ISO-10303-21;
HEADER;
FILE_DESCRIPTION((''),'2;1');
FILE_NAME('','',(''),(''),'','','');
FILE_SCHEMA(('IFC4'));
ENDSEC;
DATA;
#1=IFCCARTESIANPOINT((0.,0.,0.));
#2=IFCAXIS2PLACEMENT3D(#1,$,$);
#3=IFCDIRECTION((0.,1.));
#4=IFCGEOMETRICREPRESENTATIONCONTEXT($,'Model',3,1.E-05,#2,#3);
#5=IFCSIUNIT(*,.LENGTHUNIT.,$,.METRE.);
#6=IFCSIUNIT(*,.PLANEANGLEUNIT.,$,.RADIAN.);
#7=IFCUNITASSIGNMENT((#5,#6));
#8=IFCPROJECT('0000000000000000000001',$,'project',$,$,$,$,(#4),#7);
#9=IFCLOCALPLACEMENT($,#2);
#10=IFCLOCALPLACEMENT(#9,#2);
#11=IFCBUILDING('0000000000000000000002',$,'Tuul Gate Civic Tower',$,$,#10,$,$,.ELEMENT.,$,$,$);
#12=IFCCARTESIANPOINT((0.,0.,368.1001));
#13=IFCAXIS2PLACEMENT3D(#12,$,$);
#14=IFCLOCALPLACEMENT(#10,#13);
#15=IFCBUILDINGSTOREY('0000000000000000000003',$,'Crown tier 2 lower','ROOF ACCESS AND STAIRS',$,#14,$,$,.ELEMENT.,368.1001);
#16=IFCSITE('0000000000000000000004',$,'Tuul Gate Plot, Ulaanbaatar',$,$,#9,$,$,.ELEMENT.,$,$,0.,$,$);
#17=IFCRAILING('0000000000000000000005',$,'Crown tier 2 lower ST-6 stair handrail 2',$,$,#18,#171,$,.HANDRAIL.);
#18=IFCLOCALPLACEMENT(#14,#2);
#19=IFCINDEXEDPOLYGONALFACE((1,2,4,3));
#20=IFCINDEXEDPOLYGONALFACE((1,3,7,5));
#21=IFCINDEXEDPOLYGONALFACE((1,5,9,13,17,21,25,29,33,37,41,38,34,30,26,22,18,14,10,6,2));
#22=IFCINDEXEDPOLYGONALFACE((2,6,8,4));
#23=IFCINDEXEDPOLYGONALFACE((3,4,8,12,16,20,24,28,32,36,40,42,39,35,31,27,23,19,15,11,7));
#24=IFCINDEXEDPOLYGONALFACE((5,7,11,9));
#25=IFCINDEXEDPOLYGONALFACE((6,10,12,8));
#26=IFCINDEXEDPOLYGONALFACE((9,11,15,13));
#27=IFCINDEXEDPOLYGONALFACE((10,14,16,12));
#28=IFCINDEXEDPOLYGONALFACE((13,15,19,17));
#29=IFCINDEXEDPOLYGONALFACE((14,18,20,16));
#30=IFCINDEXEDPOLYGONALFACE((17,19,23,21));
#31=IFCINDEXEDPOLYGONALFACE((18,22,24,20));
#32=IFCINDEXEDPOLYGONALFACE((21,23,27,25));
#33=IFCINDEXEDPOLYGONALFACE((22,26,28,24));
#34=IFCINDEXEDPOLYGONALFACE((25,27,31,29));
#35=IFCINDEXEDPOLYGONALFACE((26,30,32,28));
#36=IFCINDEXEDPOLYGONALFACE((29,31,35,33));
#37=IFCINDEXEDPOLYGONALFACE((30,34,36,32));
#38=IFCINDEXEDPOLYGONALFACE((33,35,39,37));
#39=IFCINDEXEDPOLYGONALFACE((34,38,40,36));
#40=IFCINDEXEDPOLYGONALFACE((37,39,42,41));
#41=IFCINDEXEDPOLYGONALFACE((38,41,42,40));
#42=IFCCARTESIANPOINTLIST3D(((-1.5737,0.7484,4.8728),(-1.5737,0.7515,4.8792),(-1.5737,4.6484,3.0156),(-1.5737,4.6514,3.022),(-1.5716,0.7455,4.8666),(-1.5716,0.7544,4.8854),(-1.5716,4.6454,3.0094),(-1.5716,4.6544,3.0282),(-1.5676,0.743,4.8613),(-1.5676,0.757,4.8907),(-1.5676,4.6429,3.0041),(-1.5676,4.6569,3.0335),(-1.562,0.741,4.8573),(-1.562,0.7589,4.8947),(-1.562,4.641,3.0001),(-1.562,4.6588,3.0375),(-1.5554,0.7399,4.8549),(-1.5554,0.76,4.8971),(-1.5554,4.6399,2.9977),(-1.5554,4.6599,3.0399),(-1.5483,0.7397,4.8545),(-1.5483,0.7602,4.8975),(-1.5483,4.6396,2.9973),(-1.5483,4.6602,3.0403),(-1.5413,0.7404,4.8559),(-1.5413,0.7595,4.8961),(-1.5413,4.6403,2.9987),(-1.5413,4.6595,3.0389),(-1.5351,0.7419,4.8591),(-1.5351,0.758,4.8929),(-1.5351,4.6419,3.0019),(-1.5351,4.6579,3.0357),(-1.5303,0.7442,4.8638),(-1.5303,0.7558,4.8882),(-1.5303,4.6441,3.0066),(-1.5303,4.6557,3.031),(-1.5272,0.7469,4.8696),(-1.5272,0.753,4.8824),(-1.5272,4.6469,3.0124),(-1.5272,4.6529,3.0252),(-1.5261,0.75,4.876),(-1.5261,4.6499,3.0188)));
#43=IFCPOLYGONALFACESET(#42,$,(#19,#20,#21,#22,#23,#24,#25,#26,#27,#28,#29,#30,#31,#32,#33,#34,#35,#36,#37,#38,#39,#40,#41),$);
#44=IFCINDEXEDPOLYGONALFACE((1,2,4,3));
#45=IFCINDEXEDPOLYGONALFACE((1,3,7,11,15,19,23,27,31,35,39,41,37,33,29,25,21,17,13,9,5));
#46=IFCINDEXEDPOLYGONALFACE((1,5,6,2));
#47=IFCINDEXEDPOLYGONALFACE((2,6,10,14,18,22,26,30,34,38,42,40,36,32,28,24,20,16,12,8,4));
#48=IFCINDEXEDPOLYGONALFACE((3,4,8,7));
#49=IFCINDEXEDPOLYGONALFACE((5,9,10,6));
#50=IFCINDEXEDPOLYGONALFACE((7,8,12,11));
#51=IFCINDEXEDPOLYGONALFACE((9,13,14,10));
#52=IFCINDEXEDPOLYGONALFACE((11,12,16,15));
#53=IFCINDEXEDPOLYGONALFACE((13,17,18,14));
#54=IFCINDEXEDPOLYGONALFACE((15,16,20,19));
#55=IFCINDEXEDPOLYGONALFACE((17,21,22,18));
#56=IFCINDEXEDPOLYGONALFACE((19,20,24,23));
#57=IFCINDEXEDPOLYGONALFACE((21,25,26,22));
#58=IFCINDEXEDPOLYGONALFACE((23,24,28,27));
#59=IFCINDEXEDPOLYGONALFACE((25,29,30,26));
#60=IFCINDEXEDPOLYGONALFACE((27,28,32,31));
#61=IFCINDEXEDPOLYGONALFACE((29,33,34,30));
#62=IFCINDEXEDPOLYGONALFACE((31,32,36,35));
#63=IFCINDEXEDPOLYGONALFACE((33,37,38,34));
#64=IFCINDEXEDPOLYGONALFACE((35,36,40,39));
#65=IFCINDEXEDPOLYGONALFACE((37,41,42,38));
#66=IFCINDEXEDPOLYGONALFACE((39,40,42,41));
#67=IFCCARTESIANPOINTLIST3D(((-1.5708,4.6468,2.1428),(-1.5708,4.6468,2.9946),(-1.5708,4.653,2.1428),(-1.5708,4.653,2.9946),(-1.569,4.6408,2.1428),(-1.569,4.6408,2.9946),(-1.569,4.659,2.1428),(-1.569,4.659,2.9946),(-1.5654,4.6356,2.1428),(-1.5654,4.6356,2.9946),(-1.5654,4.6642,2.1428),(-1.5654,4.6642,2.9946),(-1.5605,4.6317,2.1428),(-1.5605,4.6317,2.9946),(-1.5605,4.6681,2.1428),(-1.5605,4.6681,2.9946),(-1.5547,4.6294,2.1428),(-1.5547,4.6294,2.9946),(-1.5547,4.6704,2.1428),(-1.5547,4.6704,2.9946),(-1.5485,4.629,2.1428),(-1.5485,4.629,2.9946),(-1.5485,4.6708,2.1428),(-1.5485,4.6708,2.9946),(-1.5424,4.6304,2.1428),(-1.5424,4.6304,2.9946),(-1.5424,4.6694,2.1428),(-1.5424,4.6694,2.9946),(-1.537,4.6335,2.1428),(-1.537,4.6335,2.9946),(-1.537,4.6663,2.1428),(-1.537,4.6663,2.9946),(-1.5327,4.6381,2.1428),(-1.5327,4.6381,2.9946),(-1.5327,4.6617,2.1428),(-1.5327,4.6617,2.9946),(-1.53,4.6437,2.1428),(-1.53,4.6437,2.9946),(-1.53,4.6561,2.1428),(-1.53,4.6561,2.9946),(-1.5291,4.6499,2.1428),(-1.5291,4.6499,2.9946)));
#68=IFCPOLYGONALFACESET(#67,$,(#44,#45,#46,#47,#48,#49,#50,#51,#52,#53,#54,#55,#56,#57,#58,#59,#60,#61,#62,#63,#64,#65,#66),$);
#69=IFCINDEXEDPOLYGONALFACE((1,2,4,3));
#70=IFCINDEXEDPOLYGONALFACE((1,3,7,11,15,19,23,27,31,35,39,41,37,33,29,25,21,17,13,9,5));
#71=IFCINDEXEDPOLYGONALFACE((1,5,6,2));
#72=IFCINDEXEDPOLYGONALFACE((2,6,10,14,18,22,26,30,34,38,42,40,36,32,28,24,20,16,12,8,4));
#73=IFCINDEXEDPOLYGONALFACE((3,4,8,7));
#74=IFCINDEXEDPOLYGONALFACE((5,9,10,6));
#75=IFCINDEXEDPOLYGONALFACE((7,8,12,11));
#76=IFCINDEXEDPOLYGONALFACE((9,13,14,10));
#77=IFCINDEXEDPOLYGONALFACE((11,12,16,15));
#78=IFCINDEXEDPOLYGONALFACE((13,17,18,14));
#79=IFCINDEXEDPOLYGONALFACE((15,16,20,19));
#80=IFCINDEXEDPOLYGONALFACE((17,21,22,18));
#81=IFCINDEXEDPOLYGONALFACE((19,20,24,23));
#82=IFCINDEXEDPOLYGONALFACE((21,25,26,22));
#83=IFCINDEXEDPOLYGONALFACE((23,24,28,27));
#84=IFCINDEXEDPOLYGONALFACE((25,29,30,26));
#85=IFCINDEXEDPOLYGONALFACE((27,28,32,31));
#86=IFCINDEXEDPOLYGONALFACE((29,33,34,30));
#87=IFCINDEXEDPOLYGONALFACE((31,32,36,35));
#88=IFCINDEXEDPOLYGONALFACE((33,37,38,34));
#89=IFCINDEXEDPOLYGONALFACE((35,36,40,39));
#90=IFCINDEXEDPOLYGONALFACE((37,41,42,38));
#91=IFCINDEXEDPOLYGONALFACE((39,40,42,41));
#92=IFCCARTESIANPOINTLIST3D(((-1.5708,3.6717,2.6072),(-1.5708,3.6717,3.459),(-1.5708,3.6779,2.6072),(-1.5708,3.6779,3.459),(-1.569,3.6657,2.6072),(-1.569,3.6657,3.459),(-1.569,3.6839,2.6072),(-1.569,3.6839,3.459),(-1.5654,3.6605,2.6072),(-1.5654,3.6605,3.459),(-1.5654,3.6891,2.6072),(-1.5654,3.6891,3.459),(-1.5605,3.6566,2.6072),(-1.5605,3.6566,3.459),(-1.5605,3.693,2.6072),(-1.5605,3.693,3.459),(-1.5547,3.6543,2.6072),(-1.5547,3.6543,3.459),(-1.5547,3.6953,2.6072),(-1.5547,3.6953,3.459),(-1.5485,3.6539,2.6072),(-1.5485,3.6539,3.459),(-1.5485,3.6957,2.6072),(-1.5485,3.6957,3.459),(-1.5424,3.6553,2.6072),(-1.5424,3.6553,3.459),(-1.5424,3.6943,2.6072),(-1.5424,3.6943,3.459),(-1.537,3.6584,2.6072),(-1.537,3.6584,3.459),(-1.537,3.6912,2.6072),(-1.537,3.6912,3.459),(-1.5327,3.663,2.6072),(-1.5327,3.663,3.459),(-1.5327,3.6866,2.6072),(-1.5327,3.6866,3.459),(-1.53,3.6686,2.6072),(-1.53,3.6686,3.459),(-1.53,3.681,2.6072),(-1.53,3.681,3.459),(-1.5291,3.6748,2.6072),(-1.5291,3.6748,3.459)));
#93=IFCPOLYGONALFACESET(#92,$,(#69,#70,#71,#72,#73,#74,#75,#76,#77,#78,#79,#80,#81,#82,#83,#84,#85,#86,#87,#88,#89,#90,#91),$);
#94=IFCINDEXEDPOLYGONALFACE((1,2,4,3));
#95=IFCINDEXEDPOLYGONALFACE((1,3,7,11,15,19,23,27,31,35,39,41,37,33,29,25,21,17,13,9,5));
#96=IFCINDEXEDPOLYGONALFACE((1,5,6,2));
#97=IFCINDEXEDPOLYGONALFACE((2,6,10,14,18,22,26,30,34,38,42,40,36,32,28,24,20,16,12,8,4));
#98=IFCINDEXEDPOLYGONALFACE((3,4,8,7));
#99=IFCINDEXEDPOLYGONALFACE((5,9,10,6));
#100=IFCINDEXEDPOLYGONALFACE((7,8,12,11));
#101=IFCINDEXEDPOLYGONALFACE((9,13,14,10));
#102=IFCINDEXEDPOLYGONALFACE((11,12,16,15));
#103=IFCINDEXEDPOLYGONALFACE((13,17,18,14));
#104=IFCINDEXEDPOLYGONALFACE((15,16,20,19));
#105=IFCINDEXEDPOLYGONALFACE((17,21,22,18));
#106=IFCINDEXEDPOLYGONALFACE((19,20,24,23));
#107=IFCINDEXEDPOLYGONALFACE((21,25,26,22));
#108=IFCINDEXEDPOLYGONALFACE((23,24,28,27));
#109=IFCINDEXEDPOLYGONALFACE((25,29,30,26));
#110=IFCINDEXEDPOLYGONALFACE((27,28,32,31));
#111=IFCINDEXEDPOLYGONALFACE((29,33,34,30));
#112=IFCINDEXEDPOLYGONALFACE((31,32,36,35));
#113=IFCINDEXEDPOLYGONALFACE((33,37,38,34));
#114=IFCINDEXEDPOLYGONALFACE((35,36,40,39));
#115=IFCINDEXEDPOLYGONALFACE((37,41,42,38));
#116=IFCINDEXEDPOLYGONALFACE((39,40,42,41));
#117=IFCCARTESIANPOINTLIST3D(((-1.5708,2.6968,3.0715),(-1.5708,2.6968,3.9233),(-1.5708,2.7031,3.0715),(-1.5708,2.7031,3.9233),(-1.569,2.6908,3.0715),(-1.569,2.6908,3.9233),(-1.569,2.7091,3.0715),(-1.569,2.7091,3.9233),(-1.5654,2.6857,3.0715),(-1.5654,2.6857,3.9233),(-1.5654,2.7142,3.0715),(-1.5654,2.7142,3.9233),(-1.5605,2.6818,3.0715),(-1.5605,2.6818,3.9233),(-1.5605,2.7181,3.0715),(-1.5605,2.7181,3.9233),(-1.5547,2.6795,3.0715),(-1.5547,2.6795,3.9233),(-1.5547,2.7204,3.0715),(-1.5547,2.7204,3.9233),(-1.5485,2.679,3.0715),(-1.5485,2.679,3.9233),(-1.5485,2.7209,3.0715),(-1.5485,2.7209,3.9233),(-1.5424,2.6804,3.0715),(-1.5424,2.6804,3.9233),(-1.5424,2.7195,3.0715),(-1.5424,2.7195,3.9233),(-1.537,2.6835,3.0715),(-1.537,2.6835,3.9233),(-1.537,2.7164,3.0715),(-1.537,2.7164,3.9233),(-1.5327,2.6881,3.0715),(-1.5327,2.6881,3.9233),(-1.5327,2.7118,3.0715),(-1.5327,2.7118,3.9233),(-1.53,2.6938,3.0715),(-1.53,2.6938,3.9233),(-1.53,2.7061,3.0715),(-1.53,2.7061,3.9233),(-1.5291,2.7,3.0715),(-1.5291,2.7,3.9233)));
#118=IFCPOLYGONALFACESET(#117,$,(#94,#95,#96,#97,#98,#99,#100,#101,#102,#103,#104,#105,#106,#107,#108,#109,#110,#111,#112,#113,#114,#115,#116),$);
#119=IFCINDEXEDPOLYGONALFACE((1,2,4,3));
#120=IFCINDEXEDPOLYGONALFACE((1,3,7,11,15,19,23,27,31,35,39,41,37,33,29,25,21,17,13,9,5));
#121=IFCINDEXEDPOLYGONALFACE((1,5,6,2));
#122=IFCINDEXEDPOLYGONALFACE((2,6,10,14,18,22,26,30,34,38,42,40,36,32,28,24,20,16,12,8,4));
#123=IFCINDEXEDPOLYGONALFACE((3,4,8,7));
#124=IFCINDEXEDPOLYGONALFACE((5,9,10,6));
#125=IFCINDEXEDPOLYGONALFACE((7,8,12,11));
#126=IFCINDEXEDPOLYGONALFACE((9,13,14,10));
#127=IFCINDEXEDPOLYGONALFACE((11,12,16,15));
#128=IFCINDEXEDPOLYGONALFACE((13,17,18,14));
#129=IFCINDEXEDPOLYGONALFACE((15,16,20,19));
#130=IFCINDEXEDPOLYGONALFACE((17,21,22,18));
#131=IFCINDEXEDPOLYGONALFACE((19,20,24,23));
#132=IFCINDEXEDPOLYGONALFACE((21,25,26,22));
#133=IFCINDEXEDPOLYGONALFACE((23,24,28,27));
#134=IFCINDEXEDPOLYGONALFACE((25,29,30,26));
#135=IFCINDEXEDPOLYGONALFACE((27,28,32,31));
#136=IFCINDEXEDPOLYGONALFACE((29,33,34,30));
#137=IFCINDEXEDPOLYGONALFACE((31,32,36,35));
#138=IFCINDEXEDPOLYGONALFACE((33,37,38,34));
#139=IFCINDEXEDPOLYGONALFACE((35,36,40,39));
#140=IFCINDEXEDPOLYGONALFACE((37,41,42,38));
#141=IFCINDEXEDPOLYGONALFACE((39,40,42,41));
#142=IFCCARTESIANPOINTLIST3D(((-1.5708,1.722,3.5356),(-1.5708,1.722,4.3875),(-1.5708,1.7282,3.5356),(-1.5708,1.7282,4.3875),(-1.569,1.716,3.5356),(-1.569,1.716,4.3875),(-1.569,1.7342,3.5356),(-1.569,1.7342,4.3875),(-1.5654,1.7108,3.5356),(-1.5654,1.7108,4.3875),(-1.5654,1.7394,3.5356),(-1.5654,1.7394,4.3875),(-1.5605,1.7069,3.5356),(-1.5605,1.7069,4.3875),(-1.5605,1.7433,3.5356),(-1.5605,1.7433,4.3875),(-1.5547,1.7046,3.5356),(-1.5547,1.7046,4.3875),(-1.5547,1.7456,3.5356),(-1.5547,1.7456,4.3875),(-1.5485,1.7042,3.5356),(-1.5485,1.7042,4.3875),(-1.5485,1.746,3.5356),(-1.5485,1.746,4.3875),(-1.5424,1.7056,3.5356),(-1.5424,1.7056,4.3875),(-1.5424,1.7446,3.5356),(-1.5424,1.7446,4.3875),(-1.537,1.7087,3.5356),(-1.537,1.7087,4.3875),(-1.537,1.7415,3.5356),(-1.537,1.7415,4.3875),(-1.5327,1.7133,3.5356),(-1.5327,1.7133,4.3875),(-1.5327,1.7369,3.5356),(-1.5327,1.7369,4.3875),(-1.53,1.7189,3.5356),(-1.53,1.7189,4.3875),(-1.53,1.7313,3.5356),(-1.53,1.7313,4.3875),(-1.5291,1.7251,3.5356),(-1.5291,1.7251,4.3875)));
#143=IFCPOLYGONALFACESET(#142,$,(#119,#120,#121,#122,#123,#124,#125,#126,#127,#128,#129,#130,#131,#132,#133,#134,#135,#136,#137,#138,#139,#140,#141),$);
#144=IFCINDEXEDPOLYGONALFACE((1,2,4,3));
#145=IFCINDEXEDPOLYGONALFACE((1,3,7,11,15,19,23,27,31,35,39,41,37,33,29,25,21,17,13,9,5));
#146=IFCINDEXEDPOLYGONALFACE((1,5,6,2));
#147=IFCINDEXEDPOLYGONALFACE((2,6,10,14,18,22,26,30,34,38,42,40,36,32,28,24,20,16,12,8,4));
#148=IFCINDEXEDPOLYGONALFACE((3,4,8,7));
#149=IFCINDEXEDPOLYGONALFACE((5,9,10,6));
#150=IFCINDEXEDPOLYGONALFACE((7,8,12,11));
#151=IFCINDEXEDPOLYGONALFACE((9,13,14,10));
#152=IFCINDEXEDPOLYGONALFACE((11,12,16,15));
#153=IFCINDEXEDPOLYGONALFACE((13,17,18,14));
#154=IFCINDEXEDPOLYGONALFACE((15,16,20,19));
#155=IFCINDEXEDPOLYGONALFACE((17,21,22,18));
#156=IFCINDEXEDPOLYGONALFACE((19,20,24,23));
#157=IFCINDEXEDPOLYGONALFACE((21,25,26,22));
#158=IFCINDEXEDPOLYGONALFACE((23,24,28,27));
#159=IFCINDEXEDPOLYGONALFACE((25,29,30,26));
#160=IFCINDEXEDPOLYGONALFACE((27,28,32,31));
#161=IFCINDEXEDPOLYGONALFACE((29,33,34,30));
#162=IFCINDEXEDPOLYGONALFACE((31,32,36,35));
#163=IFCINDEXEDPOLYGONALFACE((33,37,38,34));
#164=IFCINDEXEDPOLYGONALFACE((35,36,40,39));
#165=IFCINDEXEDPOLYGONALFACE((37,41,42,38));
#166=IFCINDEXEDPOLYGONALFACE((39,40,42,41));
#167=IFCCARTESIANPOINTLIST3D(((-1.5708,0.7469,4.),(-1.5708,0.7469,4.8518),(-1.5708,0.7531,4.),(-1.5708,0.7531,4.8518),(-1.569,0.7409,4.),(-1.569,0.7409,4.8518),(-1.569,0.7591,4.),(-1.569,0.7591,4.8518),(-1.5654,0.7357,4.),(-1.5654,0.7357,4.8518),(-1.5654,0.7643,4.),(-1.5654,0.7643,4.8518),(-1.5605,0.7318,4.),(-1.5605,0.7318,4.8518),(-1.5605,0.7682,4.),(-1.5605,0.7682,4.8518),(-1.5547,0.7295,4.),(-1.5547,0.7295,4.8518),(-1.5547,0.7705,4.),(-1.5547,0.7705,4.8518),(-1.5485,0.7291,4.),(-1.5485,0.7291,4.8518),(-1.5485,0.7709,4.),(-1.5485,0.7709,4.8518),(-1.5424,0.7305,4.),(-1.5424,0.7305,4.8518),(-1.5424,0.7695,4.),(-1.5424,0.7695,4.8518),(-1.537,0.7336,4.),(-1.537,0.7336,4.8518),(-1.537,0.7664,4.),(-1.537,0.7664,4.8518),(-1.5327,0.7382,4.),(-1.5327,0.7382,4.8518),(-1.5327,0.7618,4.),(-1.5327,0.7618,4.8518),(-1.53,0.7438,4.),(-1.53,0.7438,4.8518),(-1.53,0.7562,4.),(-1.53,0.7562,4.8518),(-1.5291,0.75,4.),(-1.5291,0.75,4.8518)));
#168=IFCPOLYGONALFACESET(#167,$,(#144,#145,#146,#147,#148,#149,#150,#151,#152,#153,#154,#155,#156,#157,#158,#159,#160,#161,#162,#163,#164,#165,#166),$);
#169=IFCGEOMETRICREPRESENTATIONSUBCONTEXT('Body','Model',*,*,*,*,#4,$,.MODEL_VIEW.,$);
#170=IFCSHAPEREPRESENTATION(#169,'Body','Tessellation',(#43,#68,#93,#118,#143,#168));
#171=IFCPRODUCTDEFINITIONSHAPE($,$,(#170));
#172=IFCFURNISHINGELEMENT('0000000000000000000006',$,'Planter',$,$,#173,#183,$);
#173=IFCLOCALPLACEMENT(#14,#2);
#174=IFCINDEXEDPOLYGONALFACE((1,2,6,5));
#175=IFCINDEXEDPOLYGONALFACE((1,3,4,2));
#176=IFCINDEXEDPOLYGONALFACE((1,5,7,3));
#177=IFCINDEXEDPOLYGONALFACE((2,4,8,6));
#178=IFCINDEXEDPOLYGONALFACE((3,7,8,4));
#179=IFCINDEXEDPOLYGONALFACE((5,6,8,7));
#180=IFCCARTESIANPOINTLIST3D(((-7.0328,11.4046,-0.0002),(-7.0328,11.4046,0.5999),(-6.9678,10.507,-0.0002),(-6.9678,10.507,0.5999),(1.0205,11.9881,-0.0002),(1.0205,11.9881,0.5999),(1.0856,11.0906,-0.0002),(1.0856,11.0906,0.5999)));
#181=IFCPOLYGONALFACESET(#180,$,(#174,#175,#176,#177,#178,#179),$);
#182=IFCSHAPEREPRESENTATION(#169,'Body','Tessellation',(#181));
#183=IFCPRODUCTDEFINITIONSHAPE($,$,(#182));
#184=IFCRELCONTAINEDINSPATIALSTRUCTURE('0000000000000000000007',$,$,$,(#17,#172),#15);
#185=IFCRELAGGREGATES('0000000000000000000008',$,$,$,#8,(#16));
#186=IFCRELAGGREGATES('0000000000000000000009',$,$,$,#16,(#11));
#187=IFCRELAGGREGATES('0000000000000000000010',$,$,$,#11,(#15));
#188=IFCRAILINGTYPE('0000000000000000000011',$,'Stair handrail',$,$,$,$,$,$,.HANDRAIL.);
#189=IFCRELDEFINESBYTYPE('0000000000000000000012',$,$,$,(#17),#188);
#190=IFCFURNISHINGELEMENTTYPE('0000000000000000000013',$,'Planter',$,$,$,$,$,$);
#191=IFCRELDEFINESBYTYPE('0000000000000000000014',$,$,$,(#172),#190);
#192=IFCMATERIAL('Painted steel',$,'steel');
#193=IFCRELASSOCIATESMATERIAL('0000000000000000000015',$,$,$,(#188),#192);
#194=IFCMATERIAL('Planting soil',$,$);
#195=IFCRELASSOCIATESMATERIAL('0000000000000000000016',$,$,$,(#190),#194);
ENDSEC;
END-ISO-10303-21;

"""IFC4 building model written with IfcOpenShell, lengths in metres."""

from ifc_helpers import new_model, si_unit, direction, frame, origin, origin_2d, place, context, subcontext, project, spatial, rectangle, circle, extrude, material, type_object, element, save


model = new_model("IFC4")

# Units and contexts
model_context = context("Model", 3, precision=1e-05, world=origin(), true_north=direction((0.0, 1.0)))
body_context = subcontext(model_context, "Body", "Model", "MODEL_VIEW")
ifc_project = project(units=[si_unit("LENGTHUNIT", "METRE"), si_unit("PLANEANGLEUNIT", "RADIAN")], contexts=[model_context])

# Site, building, storey
site_placement = place(None, origin())
site = spatial("IfcSite", under=ifc_project, at=site_placement, Name="Tuul Gate Plot, Ulaanbaatar", CompositionType="ELEMENT", RefElevation=0.0)
building_placement = place(site_placement, origin())
building = spatial("IfcBuilding", under=site, at=building_placement, Name="Tuul Gate Civic Tower", CompositionType="ELEMENT")
storey_placement = place(building_placement, frame((0.0, 0.0, 368.1001)))
storey = spatial("IfcBuildingStorey", under=building, at=storey_placement, Name="Crown tier 2 lower", Description="ROOF ACCESS AND STAIRS", CompositionType="ELEMENT", Elevation=368.1001)

# Railing
ifc_material_1 = material(Name="Painted steel", Category="steel")
railing_type_1 = type_object("IfcRailingType", Name="Stair handrail", PredefinedType="HANDRAIL", material=ifc_material_1)
railing_1_placement = place(storey_placement, frame((-1.55, 4.6499, 2.1428)))
element("IfcRailing", 1, at=railing_1_placement, inside=storey, type_object=railing_type_1, Name="Crown tier 2 lower ST-6 stair handrail 2", PredefinedType="HANDRAIL", context=body_context, shape_type="SweptSolid", body=[
    extrude(circle(Radius=0.0239, at=origin_2d()), frame((0.0, 0.0, 0.876), z_axis=(0.0, -0.902853, 0.429949), x_axis=(1.0, 0.0, 0.0)), (0.0, 0.0, 1.0), 4.3196),
    extrude(circle(Radius=0.021, at=origin_2d()), origin(), (0.0, 0.0, 1.0), 0.8518),
    extrude(circle(Radius=0.021, at=origin_2d()), frame((0.0, -0.9751, 0.4644)), (0.0, 0.0, 1.0), 0.8518),
    extrude(circle(Radius=0.021, at=origin_2d()), frame((0.0, -1.95, 0.9287)), (0.0, 0.0, 1.0), 0.8518),
    extrude(circle(Radius=0.021, at=origin_2d()), frame((0.0, -2.9248, 1.3928)), (0.0, 0.0, 1.0), 0.8518),
    extrude(circle(Radius=0.021, at=origin_2d()), frame((0.0, -3.8999, 1.8572)), (0.0, 0.0, 1.0), 0.8518),
])

# Furnishing element
ifc_material_2 = material(Name="Planting soil")
furnishing_element_type = type_object("IfcFurnishingElementType", Name="Planter", material=ifc_material_2)
furnishing_placement = place(storey_placement, frame((-2.9736, 11.2476, -0.0002), z_axis=(0.0, 0.0, 1.0), x_axis=(-0.997385, -0.072272, 0.0)))
element("IfcFurnishingElement", 2, at=furnishing_placement, inside=storey, type_object=furnishing_element_type, Name="Planter", context=body_context, shape_type="SweptSolid", body=[
    extrude(rectangle(XDim=8.0745, YDim=0.8999, at=origin_2d()), origin(), (0.0, 0.0, 1.0), 0.6001),
])

save(model, "model.ifc")
